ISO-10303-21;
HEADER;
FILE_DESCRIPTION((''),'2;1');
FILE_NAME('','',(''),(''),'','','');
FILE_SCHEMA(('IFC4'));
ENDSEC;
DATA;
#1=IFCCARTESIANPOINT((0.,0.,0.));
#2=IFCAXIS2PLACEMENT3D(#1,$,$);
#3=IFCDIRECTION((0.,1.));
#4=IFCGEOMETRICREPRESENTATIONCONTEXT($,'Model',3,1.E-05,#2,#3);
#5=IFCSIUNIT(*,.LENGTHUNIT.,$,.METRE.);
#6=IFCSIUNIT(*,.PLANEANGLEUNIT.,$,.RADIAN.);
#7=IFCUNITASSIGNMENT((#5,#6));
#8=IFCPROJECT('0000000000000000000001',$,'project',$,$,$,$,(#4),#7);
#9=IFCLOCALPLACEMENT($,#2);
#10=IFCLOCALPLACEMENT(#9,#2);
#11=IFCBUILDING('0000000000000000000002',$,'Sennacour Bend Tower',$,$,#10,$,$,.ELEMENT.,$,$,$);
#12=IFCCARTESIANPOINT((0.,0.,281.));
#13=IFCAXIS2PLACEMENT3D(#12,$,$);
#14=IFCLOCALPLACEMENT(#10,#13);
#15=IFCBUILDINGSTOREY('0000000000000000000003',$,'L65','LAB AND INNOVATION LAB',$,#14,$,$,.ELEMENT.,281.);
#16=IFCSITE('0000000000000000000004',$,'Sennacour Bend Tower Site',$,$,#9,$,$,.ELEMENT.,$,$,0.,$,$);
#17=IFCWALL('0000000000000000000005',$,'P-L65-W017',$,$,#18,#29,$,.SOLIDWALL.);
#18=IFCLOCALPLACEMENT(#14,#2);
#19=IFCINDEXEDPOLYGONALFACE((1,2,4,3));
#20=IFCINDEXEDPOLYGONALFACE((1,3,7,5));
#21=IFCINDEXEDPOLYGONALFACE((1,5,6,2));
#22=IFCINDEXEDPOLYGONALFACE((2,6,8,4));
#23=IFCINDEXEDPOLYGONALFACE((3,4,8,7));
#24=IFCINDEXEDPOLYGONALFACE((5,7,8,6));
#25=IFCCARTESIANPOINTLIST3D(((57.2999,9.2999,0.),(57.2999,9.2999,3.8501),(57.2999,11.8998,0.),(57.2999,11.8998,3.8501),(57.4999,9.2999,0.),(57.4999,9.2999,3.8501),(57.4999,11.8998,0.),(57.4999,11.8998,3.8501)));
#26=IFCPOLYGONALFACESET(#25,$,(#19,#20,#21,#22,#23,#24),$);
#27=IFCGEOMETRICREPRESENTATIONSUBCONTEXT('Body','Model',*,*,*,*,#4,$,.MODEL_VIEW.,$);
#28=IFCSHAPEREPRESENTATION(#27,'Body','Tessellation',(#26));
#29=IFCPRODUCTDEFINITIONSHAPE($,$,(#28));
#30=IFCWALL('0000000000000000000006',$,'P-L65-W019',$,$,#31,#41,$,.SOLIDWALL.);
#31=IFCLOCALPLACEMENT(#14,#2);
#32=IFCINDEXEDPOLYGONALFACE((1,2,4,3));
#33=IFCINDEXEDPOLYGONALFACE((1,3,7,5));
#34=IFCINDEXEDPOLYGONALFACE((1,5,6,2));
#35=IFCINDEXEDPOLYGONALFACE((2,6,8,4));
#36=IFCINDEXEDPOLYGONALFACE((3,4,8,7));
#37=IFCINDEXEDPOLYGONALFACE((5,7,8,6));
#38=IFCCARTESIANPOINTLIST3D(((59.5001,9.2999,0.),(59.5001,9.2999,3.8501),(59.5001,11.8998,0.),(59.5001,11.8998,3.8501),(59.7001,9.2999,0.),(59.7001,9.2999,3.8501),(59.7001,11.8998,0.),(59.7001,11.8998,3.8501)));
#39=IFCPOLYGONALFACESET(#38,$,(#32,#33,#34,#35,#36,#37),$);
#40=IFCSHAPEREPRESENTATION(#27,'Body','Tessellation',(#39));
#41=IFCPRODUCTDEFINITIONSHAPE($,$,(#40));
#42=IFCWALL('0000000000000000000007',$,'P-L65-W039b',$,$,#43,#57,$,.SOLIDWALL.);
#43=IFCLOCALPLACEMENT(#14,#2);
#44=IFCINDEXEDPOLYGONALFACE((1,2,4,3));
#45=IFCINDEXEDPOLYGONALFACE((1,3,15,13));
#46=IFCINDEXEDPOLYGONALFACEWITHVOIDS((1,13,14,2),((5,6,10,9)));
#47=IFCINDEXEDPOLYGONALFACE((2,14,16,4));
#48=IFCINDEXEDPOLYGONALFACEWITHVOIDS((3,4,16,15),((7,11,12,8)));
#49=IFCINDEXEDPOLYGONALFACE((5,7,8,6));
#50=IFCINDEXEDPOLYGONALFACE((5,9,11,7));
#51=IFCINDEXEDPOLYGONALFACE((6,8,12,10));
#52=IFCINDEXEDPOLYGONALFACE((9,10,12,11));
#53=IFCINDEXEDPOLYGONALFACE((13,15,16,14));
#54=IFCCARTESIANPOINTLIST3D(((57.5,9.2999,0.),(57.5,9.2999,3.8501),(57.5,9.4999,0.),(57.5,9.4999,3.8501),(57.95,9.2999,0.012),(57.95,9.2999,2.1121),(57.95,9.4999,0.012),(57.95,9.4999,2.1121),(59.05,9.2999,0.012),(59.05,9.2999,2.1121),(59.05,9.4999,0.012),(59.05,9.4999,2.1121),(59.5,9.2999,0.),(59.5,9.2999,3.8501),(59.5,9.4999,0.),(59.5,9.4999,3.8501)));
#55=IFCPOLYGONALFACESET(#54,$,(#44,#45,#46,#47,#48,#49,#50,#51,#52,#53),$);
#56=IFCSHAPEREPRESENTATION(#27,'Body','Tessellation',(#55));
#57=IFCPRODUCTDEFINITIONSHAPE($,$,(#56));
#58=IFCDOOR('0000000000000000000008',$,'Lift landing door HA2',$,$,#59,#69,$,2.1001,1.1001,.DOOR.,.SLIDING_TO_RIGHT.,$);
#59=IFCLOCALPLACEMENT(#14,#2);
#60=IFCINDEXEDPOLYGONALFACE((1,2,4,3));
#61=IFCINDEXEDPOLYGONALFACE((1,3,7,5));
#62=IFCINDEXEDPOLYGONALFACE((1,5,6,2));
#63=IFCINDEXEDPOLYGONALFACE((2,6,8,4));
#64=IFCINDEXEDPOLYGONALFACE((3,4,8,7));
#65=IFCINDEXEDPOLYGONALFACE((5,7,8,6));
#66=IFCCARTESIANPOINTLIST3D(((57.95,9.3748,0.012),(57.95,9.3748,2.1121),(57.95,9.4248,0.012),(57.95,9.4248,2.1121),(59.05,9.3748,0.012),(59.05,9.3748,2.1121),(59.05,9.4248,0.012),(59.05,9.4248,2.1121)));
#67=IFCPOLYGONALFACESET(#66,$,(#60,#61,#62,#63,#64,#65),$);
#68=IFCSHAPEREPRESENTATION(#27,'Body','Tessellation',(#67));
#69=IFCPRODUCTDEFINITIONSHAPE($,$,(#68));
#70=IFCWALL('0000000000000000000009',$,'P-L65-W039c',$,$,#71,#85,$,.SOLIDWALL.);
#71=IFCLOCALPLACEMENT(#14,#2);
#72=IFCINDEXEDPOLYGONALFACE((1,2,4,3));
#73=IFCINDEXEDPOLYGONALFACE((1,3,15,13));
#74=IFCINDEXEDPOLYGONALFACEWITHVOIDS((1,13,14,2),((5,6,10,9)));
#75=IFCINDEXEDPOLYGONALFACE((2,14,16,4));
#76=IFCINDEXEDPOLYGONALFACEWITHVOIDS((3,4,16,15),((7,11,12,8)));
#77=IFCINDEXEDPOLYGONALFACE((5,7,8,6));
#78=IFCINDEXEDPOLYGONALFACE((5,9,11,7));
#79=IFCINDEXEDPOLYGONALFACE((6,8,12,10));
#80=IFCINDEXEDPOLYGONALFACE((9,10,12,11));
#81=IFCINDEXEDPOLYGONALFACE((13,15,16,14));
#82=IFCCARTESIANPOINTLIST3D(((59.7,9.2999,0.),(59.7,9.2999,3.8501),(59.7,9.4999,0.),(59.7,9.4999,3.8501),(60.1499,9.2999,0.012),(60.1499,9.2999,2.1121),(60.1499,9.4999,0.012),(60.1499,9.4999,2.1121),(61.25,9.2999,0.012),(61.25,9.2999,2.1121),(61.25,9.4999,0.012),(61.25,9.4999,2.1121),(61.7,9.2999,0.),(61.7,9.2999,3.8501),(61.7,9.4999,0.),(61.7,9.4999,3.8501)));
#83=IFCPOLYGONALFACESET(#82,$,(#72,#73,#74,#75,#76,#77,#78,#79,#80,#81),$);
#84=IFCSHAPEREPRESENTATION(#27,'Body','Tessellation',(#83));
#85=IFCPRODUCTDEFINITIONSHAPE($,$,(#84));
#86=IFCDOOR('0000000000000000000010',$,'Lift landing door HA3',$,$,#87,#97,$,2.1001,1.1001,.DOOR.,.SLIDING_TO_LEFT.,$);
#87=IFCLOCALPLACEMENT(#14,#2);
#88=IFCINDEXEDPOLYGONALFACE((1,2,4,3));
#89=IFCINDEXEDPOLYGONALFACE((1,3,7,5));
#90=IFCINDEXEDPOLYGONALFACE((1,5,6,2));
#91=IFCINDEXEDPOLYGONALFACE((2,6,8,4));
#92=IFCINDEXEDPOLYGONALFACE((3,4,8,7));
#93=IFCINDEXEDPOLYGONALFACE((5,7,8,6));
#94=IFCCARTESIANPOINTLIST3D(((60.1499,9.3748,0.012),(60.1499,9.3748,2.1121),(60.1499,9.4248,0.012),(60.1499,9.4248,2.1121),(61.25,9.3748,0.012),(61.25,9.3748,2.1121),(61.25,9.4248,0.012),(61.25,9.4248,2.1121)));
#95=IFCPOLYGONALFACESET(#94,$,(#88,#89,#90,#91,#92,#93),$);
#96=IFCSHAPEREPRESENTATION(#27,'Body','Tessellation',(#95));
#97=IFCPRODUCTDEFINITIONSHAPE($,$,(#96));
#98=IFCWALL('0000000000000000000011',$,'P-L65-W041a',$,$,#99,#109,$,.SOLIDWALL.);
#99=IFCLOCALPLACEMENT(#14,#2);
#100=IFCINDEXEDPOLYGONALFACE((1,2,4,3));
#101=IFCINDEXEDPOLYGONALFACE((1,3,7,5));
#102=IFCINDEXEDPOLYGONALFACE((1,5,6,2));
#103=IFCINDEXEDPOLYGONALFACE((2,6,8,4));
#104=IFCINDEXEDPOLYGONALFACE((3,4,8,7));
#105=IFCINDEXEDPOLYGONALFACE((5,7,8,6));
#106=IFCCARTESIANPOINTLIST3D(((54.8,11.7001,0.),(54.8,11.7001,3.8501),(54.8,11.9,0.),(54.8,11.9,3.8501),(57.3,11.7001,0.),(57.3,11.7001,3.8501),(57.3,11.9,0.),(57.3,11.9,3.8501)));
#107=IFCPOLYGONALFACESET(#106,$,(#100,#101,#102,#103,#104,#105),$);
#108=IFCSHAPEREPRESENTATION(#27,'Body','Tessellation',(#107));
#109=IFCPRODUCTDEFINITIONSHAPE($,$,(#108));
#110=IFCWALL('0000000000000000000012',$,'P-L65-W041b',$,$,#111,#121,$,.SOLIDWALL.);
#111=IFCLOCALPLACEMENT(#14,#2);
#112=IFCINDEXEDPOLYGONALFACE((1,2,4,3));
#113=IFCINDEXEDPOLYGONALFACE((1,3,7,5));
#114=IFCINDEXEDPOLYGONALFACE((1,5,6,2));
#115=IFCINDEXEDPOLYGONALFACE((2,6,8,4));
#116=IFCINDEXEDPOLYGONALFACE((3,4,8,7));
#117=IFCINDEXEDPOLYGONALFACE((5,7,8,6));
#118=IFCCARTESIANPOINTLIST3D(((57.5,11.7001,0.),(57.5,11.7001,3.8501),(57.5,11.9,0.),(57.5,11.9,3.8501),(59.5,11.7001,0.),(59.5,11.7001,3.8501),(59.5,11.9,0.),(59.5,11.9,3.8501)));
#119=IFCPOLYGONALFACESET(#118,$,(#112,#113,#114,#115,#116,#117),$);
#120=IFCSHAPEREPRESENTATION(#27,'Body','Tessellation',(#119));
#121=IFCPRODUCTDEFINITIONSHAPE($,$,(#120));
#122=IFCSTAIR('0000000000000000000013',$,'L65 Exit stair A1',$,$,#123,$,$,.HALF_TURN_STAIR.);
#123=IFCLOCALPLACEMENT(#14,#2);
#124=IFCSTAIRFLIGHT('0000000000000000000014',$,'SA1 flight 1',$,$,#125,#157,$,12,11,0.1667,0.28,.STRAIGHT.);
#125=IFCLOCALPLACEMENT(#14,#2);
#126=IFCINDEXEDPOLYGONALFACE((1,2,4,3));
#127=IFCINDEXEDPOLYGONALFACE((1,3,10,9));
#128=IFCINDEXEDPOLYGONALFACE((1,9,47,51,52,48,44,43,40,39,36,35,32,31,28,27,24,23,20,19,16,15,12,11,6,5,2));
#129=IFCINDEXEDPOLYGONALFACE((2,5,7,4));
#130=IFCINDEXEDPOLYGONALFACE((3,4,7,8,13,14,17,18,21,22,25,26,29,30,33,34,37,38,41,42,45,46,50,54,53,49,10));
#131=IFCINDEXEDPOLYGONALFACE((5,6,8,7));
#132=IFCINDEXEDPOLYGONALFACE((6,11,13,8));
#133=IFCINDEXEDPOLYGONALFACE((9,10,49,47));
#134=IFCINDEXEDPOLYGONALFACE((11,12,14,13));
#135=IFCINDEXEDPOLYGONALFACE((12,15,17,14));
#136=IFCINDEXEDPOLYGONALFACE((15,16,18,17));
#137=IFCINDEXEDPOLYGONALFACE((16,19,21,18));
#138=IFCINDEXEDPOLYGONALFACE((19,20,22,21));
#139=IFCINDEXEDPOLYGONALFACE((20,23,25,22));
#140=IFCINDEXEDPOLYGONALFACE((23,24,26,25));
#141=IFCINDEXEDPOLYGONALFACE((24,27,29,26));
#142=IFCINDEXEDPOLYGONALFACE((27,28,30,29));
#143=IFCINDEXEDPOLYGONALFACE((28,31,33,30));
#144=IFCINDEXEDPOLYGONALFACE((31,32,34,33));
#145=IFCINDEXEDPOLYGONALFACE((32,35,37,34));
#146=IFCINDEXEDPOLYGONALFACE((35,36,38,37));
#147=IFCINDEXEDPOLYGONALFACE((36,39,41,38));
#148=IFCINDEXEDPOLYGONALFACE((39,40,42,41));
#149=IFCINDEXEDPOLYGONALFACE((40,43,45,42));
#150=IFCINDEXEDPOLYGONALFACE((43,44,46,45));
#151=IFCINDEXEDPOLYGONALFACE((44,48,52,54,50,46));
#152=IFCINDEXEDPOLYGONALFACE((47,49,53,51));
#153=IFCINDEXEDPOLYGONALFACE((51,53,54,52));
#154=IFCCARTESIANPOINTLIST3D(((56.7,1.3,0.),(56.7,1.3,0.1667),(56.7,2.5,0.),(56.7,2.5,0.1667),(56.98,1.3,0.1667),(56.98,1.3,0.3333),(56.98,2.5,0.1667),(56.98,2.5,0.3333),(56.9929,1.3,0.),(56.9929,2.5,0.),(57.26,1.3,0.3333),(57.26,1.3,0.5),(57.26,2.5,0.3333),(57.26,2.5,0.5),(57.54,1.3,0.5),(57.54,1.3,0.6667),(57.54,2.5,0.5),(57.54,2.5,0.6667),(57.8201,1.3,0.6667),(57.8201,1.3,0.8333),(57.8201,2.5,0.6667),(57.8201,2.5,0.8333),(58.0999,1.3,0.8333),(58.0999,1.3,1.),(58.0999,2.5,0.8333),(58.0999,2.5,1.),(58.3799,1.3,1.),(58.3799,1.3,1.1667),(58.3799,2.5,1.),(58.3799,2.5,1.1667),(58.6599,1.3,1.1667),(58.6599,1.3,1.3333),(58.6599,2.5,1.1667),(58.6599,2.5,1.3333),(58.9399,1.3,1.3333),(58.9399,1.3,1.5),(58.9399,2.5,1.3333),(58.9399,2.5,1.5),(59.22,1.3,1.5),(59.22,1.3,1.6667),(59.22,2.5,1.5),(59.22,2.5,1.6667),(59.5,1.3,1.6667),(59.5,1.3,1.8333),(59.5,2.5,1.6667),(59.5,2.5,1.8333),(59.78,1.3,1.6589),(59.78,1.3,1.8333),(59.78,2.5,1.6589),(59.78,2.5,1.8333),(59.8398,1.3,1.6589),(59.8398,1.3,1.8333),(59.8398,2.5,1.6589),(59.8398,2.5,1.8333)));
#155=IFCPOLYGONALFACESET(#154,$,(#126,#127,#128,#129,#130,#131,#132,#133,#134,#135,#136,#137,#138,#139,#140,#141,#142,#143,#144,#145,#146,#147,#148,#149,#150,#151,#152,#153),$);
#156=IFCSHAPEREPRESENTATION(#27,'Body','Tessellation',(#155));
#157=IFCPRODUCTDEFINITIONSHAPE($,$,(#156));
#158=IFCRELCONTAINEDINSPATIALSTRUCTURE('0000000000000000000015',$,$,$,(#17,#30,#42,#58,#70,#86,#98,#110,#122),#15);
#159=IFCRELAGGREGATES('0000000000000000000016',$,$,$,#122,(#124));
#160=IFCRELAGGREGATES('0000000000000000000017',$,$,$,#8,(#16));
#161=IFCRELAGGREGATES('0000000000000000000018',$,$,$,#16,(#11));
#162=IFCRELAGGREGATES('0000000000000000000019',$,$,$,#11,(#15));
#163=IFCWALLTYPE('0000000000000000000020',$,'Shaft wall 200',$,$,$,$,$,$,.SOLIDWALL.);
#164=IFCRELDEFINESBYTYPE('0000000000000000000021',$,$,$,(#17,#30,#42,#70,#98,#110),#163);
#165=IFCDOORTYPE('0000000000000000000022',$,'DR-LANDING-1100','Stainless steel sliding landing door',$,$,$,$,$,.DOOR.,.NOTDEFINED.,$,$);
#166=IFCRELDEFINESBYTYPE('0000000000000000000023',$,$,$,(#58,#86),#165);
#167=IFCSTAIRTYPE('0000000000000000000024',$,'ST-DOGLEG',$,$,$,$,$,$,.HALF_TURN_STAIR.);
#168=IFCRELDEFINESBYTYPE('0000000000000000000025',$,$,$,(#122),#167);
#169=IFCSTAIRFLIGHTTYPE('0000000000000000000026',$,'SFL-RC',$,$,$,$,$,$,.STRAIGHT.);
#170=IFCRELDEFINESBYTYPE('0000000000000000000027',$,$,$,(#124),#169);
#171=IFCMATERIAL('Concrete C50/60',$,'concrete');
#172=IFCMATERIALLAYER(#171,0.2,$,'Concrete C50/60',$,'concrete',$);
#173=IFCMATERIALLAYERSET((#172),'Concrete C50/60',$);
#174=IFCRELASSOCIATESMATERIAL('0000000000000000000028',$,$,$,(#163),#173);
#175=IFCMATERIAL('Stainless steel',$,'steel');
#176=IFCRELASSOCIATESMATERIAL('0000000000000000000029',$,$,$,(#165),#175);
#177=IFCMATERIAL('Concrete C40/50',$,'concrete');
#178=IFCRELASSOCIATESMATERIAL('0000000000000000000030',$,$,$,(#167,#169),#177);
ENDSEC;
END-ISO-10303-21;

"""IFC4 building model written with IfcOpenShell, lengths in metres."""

from ifc_helpers import new_model, si_unit, direction, frame, frame_2d, origin, place, context, subcontext, project, spatial, polyline, rectangle, outline, extrude, material, layer, layer_set, type_object, element, fill, aggregate, save


model = new_model("IFC4")

# Units and contexts
model_context = context("Model", 3, precision=1e-05, world=origin(), true_north=direction((0.0, 1.0)))
body_context = subcontext(model_context, "Body", "Model", "MODEL_VIEW")
ifc_project = project(units=[si_unit("LENGTHUNIT", "METRE"), si_unit("PLANEANGLEUNIT", "RADIAN")], contexts=[model_context])

# Site, building, storey
site_placement = place(None, origin())
site = spatial("IfcSite", under=ifc_project, at=site_placement, Name="Sennacour Bend Tower Site", CompositionType="ELEMENT", RefElevation=0.0)
building_placement = place(site_placement, origin())
building = spatial("IfcBuilding", under=site, at=building_placement, Name="Sennacour Bend Tower", CompositionType="ELEMENT")
storey_placement = place(building_placement, frame((0.0, 0.0, 281.0)))
storey = spatial("IfcBuildingStorey", under=building, at=storey_placement, Name="L65", Description="LAB AND INNOVATION LAB", CompositionType="ELEMENT", Elevation=281.0)

# Walls
ifc_material_1 = material(Name="Concrete C50/60", Category="concrete")
ifc_layer = layer(ifc_material_1, 0.2, Name="Concrete C50/60", Category="concrete")
ifc_layer_set = layer_set([ifc_layer], Name="Concrete C50/60")
wall_type = type_object("IfcWallType", Name="Shaft wall 200", PredefinedType="SOLIDWALL", material=ifc_layer_set)
for number, where, z_axis, x_axis, name in (
    (1, (57.3999, 9.3, 0.0), (0.0, 0.0, 1.0), (0.0, 1.0, 0.0), "P-L65-W017"),
    (2, (59.6001, 9.3, 0.0), (0.0, 0.0, 1.0), (0.0, 1.0, 0.0), "P-L65-W019"),
):
    element("IfcWall", number, at=place(storey_placement, frame(where, z_axis=z_axis, x_axis=x_axis)), inside=storey, type_object=wall_type, Name=name, PredefinedType="SOLIDWALL", context=body_context, shape_type="SweptSolid", body=[
        extrude(rectangle(XDim=2.5999, YDim=0.2, at=frame_2d((1.2998, 0.0))), origin(), (0.0, 0.0, 1.0), 3.8501),
    ])

# Walls, openings, doors
wall_1_placement = place(storey_placement, frame((57.5, 9.3999, 0.0), z_axis=(0.0, 0.0, 1.0), x_axis=(1.0, 0.0, 0.0)))
wall_1 = element("IfcWall", 3, at=wall_1_placement, inside=storey, type_object=wall_type, Name="P-L65-W039b", PredefinedType="SOLIDWALL", context=body_context, shape_type="SweptSolid", body=[
    extrude(rectangle(XDim=2.0, YDim=0.2, at=frame_2d((1.0, 0.0))), origin(), (0.0, 0.0, 1.0), 3.8501),
])
opening_1_placement = place(wall_1_placement, frame((0.45, 0.0, 0.012)))
opening_1 = element("IfcOpeningElement", 4, at=opening_1_placement, cuts=wall_1, PredefinedType="OPENING", context=body_context, shape_type="SweptSolid", body=[
    extrude(rectangle(XDim=1.1001, YDim=2.1001, at=frame_2d((0.55, 1.05))), frame((0.0, 0.1099, 0.0), z_axis=(0.0, -1.0, 0.0), x_axis=(1.0, 0.0, 0.0)), (0.0, 0.0, 1.0), 0.22),
])
ifc_material_2 = material(Name="Stainless steel", Category="steel")
door_type = type_object("IfcDoorType", Name="DR-LANDING-1100", Description="Stainless steel sliding landing door", OperationType="NOTDEFINED", PredefinedType="DOOR", material=ifc_material_2)
door_1_placement = place(opening_1_placement, origin())
door_1 = element("IfcDoor", 5, at=door_1_placement, inside=storey, type_object=door_type, Name="Lift landing door HA2", OperationType="SLIDING_TO_RIGHT", OverallHeight=2.1001, OverallWidth=1.1001, PredefinedType="DOOR", context=body_context, shape_type="SweptSolid", body=[
    extrude(rectangle(XDim=1.1001, YDim=2.1001, at=frame_2d((0.55, 1.05))), frame((0.0, 0.0249, 0.0), z_axis=(0.0, -1.0, 0.0), x_axis=(1.0, 0.0, 0.0)), (0.0, 0.0, 1.0), 0.05),
])
fill(opening_1, door_1)
wall_2_placement = place(storey_placement, frame((59.7, 9.3999, 0.0), z_axis=(0.0, 0.0, 1.0), x_axis=(1.0, 0.0, 0.0)))
wall_2 = element("IfcWall", 6, at=wall_2_placement, inside=storey, type_object=wall_type, Name="P-L65-W039c", PredefinedType="SOLIDWALL", context=body_context, shape_type="SweptSolid", body=[
    extrude(rectangle(XDim=2.0, YDim=0.2, at=frame_2d((1.0, 0.0))), origin(), (0.0, 0.0, 1.0), 3.8501),
])
opening_2_placement = place(wall_2_placement, frame((0.45, 0.0, 0.012)))
opening_2 = element("IfcOpeningElement", 7, at=opening_2_placement, cuts=wall_2, PredefinedType="OPENING", context=body_context, shape_type="SweptSolid", body=[
    extrude(rectangle(XDim=1.1001, YDim=2.1001, at=frame_2d((0.55, 1.05))), frame((0.0, 0.1099, 0.0), z_axis=(0.0, -1.0, 0.0), x_axis=(1.0, 0.0, 0.0)), (0.0, 0.0, 1.0), 0.22),
])
door_2_placement = place(opening_2_placement, origin())
door_2 = element("IfcDoor", 8, at=door_2_placement, inside=storey, type_object=door_type, Name="Lift landing door HA3", OperationType="SLIDING_TO_LEFT", OverallHeight=2.1001, OverallWidth=1.1001, PredefinedType="DOOR", context=body_context, shape_type="SweptSolid", body=[
    extrude(rectangle(XDim=1.1001, YDim=2.1001, at=frame_2d((0.55, 1.05))), frame((0.0, 0.0249, 0.0), z_axis=(0.0, -1.0, 0.0), x_axis=(1.0, 0.0, 0.0)), (0.0, 0.0, 1.0), 0.05),
])
fill(opening_2, door_2)

# Walls
wall_3_placement = place(storey_placement, frame((54.8, 11.8, 0.0), z_axis=(0.0, 0.0, 1.0), x_axis=(1.0, 0.0, 0.0)))
element("IfcWall", 9, at=wall_3_placement, inside=storey, type_object=wall_type, Name="P-L65-W041a", PredefinedType="SOLIDWALL", context=body_context, shape_type="SweptSolid", body=[
    extrude(rectangle(XDim=2.5, YDim=0.2, at=frame_2d((1.25, 0.0))), origin(), (0.0, 0.0, 1.0), 3.8501),
])
wall_4_placement = place(storey_placement, frame((57.5, 11.8, 0.0), z_axis=(0.0, 0.0, 1.0), x_axis=(1.0, 0.0, 0.0)))
element("IfcWall", 10, at=wall_4_placement, inside=storey, type_object=wall_type, Name="P-L65-W041b", PredefinedType="SOLIDWALL", context=body_context, shape_type="SweptSolid", body=[
    extrude(rectangle(XDim=2.0, YDim=0.2, at=frame_2d((1.0, 0.0))), origin(), (0.0, 0.0, 1.0), 3.8501),
])

# Stair, stair flight
ifc_material_3 = material(Name="Concrete C40/50", Category="concrete")
stair_type = type_object("IfcStairType", Name="ST-DOGLEG", PredefinedType="HALF_TURN_STAIR", material=ifc_material_3)
stair_placement = place(storey_placement, origin())
stair = element("IfcStair", 11, at=stair_placement, inside=storey, type_object=stair_type, Name="L65 Exit stair A1", PredefinedType="HALF_TURN_STAIR")
stair_flight_type = type_object("IfcStairFlightType", Name="SFL-RC", PredefinedType="STRAIGHT", material=ifc_material_3)
stair_flight_placement = place(storey_placement, frame((56.7, 1.8999, 0.0), z_axis=(0.0, 0.0, 1.0), x_axis=(1.0, 0.0, 0.0)))
stair_flight = element("IfcStairFlight", 12, at=stair_flight_placement, type_object=stair_flight_type, Name="SA1 flight 1", NumberOfRisers=12, NumberOfTreads=11, PredefinedType="STRAIGHT", RiserHeight=0.1667, TreadLength=0.28, context=body_context, shape_type="SweptSolid", body=[
    extrude(outline(polyline([(0.0, 0.0), (0.0, 0.1667), (0.28, 0.1667), (0.28, 0.3333), (0.5601, 0.3333), (0.5601, 0.5), (0.8401, 0.5), (0.8401, 0.6667), (1.1201, 0.6667), (1.1201, 0.8333), (1.3999, 0.8333), (1.3999, 1.0), (1.6799, 1.0), (1.6799, 1.1667), (1.96, 1.1667), (1.96, 1.3333), (2.24, 1.3333), (2.24, 1.5), (2.52, 1.5), (2.52, 1.6667), (2.8, 1.6667), (2.8, 1.8333), (3.0801, 1.8333), (3.1399, 1.8333), (3.1399, 1.6589), (3.0801, 1.6589), (0.293, 0.0), (0.0, 0.0)])), frame((0.0, 0.6001, 0.0), z_axis=(0.0, -1.0, 0.0), x_axis=(1.0, 0.0, 0.0)), (0.0, 0.0, 1.0), 1.2),
])
aggregate(stair, [stair_flight])

save(model, "model.ifc")
